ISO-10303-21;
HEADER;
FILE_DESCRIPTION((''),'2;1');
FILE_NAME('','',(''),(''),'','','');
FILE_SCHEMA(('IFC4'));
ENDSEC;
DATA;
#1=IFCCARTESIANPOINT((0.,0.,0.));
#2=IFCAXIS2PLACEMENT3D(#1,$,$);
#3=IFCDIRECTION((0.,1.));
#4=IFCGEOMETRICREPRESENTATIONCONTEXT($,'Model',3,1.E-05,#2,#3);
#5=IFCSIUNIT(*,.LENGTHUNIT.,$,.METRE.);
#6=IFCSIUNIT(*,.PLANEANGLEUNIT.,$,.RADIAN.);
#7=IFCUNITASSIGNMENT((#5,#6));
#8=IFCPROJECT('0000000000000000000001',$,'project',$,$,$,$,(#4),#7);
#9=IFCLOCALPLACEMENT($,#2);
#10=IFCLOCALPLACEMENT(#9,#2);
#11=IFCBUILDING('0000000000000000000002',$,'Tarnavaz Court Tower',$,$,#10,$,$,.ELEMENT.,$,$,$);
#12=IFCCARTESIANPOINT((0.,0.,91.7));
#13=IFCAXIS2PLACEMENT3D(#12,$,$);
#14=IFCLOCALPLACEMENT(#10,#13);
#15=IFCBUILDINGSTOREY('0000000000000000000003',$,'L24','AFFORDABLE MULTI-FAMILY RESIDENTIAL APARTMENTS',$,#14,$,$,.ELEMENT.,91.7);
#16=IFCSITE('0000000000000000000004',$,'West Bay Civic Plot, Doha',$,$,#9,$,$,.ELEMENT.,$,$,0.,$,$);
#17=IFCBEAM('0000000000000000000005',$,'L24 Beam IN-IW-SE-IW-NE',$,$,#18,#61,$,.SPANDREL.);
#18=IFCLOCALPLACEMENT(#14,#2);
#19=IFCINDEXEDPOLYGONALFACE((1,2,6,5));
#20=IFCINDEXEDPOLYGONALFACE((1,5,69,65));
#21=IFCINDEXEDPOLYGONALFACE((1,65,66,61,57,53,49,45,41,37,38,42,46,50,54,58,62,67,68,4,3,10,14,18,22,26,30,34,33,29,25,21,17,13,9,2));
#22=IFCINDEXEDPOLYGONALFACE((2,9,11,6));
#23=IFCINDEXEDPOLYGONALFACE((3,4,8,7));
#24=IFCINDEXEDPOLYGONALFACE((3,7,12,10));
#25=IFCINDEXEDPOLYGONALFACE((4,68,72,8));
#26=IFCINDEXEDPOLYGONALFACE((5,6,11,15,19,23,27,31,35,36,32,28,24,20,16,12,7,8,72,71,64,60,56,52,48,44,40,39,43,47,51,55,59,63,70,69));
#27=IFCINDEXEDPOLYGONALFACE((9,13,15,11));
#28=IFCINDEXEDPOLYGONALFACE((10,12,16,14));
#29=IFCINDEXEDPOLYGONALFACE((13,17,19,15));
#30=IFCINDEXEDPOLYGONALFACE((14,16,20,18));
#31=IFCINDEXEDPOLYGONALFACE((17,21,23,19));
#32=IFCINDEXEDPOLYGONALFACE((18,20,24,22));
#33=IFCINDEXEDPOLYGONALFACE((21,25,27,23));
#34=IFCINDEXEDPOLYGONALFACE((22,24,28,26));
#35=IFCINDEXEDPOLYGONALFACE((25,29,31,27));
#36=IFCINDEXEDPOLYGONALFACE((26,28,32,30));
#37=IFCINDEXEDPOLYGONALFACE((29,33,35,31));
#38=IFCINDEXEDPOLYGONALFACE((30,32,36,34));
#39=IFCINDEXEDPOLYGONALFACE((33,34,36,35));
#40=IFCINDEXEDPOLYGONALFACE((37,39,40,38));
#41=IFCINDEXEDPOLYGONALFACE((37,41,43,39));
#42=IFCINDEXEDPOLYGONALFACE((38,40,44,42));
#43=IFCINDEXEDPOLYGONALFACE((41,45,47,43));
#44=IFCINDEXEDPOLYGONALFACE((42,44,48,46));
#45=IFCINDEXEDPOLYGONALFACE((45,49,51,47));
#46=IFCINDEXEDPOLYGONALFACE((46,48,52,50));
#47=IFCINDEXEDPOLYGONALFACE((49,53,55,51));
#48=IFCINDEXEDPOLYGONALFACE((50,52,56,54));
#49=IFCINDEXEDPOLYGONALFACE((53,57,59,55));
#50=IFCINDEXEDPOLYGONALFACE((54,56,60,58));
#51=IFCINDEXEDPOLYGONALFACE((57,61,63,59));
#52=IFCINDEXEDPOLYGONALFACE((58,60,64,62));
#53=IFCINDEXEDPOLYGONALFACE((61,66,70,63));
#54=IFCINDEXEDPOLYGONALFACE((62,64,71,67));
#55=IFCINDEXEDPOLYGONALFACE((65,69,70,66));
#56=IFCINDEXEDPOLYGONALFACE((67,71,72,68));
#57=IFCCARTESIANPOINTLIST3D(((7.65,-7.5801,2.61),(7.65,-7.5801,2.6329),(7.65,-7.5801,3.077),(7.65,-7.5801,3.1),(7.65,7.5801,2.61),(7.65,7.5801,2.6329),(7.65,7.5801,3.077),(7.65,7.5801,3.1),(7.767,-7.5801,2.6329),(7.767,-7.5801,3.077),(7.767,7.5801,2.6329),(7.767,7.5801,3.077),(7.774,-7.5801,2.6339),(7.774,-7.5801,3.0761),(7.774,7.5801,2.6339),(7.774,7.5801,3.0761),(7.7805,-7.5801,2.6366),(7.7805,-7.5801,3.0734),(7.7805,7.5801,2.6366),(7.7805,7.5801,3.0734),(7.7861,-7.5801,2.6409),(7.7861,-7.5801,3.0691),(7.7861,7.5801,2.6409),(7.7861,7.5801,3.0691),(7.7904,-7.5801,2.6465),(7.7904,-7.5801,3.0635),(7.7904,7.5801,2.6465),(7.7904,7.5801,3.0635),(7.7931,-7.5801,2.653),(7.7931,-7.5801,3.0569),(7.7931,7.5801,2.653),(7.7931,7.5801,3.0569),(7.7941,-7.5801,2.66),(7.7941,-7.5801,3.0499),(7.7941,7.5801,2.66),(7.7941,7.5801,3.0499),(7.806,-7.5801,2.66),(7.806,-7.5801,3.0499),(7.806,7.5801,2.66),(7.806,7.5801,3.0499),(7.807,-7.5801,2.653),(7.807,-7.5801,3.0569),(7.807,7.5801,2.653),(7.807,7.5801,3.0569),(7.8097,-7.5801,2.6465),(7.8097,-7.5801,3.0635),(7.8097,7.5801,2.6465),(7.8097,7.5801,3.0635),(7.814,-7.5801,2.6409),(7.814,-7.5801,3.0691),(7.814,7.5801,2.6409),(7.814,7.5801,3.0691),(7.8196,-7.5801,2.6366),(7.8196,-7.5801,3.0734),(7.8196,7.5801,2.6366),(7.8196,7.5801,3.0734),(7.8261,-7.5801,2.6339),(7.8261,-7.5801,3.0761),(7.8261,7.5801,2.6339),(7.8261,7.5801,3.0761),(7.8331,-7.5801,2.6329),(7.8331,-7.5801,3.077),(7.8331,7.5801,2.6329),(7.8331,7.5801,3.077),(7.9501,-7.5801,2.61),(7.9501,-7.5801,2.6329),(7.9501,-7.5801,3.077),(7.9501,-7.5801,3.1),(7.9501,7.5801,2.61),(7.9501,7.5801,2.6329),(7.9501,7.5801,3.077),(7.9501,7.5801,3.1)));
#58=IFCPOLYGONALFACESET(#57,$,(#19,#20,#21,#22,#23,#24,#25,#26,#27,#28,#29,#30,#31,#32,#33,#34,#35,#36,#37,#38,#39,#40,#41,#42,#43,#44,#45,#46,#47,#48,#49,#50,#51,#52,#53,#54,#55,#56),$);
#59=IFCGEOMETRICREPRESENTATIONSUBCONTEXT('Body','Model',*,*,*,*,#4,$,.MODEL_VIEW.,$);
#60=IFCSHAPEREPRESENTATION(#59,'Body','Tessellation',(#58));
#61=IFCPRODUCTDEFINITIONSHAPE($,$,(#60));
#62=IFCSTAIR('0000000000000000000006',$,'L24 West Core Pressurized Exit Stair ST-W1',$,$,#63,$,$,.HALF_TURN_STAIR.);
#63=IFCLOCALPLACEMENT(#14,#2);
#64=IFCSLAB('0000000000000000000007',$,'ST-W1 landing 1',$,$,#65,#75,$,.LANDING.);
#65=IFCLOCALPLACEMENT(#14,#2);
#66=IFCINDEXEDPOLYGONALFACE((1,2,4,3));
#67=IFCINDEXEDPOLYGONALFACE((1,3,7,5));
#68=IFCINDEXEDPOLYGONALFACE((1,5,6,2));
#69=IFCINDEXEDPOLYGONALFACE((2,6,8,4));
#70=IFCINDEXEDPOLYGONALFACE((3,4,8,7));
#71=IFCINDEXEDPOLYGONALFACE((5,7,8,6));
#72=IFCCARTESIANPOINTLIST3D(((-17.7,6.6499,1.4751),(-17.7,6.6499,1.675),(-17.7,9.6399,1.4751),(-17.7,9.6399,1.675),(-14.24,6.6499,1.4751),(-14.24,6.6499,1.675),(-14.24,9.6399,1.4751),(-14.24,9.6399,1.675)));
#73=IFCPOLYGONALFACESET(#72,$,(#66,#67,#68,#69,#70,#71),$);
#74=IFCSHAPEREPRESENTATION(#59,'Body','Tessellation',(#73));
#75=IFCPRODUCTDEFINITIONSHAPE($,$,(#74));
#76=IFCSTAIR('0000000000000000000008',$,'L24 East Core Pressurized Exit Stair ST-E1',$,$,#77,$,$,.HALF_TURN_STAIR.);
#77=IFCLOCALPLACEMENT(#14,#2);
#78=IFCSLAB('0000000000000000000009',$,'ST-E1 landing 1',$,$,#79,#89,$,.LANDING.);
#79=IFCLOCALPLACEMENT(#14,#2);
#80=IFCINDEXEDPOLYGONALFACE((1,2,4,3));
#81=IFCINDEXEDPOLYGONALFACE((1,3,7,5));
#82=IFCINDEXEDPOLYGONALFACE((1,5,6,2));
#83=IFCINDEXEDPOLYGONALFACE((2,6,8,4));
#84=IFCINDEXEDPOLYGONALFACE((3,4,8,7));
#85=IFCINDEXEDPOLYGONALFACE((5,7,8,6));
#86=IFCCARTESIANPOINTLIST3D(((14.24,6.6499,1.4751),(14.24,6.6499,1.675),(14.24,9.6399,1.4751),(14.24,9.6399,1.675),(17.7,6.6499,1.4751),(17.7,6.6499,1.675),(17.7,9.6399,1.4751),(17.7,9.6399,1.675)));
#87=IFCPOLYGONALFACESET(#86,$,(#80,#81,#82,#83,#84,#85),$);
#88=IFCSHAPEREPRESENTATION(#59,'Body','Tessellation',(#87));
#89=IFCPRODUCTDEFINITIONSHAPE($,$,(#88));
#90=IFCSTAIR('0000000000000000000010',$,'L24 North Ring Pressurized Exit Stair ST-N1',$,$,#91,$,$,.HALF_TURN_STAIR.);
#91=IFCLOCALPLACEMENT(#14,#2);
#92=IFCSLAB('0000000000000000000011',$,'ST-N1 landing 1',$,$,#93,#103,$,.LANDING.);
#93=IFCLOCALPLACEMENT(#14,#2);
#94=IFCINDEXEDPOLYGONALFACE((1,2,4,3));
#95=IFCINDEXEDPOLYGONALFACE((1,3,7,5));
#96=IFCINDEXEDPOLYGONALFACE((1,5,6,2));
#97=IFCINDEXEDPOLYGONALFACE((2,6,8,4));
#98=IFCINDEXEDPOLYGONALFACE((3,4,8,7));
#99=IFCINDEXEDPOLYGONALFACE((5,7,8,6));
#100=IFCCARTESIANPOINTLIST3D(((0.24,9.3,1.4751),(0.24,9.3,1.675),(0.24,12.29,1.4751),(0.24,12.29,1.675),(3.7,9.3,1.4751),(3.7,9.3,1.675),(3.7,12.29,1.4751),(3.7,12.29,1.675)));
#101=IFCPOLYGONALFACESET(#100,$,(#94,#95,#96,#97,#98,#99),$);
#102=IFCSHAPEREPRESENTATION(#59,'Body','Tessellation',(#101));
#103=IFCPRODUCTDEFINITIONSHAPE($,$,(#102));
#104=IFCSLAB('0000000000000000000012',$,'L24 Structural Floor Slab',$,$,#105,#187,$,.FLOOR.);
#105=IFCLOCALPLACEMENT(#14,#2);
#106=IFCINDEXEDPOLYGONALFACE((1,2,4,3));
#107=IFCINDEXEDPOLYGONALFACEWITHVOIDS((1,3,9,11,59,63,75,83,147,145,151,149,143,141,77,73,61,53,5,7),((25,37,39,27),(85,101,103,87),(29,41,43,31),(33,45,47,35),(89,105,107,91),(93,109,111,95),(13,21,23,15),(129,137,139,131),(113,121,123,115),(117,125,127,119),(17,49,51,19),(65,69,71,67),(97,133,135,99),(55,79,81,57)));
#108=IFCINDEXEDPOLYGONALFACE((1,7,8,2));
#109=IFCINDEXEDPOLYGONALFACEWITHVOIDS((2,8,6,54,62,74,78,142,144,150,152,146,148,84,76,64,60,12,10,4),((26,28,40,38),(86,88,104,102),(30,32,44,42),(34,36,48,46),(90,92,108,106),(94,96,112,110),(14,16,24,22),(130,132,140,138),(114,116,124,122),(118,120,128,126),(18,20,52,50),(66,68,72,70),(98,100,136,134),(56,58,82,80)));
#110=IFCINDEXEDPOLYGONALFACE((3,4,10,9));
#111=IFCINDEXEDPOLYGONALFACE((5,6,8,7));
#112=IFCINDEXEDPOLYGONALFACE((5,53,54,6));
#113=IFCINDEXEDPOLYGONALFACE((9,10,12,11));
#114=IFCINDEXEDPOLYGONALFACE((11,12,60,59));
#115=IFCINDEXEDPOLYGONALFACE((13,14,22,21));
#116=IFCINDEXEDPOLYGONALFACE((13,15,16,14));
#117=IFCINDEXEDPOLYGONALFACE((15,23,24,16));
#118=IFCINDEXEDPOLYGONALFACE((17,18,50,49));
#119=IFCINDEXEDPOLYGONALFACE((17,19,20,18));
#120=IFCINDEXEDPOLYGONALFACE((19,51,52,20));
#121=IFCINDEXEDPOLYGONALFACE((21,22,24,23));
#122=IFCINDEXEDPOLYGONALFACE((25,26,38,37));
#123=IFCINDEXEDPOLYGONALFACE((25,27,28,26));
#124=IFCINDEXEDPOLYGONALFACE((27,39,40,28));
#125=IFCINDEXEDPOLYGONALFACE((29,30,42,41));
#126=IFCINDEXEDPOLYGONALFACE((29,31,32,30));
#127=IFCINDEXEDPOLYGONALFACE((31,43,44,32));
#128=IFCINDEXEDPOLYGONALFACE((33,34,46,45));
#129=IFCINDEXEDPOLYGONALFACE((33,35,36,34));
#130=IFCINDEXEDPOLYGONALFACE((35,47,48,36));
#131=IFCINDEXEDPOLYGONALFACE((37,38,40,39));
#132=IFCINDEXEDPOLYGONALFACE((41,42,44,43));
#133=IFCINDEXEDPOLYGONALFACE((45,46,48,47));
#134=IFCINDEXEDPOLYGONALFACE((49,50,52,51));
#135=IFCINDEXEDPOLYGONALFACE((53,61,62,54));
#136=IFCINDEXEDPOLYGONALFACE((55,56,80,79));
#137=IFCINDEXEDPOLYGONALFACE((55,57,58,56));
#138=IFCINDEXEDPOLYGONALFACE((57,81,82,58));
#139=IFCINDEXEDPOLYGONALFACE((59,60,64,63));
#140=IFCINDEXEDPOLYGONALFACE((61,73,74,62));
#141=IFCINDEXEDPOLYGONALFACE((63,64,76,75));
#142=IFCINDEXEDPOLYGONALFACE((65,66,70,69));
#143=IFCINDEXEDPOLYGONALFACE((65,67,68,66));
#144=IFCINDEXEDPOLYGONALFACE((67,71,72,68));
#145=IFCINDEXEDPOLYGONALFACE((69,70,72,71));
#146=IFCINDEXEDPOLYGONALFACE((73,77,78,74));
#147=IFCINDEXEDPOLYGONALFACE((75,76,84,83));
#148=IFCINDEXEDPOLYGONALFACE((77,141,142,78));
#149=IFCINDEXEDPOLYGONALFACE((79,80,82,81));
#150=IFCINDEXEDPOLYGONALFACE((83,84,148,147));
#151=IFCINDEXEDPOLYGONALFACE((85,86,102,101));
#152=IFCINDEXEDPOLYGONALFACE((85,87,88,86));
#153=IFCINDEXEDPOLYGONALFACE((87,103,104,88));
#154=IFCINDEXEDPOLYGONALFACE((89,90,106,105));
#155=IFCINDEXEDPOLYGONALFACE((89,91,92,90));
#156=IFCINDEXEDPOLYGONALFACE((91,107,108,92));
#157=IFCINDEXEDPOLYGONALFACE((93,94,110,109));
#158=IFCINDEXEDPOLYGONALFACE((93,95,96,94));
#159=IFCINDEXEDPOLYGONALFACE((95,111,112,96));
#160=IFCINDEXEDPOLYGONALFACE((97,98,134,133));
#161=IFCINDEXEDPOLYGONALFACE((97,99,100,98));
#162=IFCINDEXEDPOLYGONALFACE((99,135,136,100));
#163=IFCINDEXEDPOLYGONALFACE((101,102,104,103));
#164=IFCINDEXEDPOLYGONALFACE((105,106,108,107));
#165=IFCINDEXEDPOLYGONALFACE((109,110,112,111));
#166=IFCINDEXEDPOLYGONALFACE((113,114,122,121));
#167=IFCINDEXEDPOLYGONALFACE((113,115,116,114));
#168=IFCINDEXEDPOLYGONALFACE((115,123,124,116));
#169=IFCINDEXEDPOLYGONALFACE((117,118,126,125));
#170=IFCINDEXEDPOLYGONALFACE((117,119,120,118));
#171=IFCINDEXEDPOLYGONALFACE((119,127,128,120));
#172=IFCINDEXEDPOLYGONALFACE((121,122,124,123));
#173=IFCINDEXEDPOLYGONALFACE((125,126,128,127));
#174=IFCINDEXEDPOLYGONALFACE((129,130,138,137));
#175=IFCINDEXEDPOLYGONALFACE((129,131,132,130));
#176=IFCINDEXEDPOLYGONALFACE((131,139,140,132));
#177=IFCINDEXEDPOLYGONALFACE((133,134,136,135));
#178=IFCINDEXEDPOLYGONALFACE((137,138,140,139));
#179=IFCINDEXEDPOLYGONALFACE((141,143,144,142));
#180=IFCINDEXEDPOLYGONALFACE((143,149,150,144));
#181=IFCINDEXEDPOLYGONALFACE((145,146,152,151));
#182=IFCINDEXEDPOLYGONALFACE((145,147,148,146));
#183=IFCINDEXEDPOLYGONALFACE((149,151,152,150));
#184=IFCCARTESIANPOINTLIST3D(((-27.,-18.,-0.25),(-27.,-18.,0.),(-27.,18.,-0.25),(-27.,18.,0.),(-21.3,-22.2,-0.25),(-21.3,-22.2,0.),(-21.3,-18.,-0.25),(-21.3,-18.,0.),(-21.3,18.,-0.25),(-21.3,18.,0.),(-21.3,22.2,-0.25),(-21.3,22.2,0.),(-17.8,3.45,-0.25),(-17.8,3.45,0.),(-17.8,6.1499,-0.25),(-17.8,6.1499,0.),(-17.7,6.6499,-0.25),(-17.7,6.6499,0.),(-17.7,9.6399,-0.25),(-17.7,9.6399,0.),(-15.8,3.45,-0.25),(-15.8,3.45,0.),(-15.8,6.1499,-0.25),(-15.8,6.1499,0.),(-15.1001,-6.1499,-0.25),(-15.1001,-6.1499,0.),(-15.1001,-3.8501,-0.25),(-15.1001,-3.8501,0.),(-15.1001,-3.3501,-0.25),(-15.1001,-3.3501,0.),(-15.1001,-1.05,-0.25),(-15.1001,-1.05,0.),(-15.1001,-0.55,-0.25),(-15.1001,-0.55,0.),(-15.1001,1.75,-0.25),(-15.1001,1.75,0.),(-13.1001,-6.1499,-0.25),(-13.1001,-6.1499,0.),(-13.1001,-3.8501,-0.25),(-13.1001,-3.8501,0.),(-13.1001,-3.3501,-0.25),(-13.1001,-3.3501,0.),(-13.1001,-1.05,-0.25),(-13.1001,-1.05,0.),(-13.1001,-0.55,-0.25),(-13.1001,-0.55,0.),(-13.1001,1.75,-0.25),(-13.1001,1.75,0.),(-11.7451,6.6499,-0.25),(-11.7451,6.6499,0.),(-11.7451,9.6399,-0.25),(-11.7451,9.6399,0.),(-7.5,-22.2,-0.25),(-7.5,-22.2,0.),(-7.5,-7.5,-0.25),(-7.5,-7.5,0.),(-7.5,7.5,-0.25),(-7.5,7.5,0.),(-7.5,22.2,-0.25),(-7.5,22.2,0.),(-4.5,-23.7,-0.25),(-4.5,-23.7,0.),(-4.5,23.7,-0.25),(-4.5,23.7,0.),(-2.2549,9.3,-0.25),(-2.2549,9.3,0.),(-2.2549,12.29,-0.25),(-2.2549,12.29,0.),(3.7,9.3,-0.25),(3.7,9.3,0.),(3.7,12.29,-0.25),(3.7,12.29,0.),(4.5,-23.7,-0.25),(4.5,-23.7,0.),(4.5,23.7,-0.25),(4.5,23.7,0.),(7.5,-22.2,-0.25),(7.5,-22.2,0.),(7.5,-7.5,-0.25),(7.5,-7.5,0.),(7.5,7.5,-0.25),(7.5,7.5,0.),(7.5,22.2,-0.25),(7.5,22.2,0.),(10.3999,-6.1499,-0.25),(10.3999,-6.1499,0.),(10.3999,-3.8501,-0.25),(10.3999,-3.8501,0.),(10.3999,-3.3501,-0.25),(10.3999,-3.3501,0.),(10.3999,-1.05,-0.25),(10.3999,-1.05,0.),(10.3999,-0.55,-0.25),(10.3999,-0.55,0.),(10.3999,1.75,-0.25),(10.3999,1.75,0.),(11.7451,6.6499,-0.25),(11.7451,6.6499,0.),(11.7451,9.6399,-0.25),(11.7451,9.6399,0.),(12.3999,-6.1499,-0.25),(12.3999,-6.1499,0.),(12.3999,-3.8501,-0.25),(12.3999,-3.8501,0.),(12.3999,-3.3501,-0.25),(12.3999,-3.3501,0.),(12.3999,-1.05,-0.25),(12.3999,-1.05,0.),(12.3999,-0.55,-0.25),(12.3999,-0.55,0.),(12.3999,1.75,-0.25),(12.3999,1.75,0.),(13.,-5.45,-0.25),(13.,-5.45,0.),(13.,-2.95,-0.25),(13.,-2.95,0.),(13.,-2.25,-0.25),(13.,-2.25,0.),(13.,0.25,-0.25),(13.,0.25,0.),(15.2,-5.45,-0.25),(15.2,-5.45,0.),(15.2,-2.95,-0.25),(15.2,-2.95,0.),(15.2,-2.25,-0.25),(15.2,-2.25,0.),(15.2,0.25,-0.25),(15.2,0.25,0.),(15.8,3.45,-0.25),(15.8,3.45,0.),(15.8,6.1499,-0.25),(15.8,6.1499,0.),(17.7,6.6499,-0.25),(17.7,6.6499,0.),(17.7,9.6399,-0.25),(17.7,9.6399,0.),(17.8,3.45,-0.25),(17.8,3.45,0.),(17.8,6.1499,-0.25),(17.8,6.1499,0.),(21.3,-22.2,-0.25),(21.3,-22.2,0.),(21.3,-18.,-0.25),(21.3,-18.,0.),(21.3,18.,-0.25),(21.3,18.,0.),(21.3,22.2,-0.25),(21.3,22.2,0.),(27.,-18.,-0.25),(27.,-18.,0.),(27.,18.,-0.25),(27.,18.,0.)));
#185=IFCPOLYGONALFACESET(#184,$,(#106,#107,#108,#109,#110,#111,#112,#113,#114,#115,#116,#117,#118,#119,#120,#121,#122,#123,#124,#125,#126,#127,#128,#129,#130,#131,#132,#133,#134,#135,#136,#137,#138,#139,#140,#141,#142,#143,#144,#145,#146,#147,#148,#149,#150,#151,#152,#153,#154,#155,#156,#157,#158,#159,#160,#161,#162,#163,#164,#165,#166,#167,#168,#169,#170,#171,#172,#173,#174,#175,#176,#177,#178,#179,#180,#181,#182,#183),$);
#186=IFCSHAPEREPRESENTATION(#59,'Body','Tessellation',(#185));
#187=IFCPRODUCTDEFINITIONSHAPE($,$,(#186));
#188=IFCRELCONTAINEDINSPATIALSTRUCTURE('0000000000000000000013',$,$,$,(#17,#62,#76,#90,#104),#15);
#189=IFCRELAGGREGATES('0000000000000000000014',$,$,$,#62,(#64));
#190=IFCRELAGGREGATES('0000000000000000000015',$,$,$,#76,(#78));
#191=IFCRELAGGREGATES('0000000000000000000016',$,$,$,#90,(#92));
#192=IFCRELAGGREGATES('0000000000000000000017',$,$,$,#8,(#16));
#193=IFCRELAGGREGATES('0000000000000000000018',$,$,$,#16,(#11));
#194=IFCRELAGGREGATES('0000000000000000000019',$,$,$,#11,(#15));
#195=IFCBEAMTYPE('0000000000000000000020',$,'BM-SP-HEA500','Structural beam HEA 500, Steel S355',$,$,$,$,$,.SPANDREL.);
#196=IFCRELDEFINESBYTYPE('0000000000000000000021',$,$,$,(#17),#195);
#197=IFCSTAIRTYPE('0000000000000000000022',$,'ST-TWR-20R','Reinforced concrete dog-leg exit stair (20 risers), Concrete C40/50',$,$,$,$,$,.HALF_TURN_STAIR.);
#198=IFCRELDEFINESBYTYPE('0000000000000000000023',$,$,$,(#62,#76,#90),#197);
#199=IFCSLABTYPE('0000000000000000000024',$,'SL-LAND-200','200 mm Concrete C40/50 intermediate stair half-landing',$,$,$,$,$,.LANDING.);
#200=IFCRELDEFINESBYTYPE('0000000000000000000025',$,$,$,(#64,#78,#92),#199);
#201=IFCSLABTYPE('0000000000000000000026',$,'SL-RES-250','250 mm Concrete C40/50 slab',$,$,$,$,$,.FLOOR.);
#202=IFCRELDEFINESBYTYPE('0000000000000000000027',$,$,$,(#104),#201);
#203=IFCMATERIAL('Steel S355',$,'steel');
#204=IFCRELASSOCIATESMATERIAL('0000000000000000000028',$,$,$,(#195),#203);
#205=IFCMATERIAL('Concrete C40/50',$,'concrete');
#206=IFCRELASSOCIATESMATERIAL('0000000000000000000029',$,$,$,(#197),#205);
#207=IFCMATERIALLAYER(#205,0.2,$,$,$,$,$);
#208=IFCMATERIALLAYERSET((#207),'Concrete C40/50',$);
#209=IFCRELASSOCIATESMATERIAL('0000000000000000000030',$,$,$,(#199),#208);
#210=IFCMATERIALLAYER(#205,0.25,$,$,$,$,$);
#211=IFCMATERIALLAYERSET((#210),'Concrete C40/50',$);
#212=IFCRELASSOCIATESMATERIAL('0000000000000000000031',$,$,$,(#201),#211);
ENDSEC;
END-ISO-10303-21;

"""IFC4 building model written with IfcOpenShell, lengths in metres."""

from ifc_helpers import new_model, si_unit, direction, frame, origin, origin_2d, place, context, subcontext, project, spatial, polyline, i_section, outline, extrude, material, layer, layer_set, material_profile, profile_set, type_object, element, aggregate, save


model = new_model("IFC4")

# Units and contexts
model_context = context("Model", 3, precision=1e-05, world=origin(), true_north=direction((0.0, 1.0)))
body_context = subcontext(model_context, "Body", "Model", "MODEL_VIEW")
ifc_project = project(units=[si_unit("LENGTHUNIT", "METRE"), si_unit("PLANEANGLEUNIT", "RADIAN")], contexts=[model_context])

# Site, building, storey
site_placement = place(None, origin())
site = spatial("IfcSite", under=ifc_project, at=site_placement, Name="West Bay Civic Plot, Doha", CompositionType="ELEMENT", RefElevation=0.0)
building_placement = place(site_placement, origin())
building = spatial("IfcBuilding", under=site, at=building_placement, Name="Tarnavaz Court Tower", CompositionType="ELEMENT")
storey_placement = place(building_placement, frame((0.0, 0.0, 91.7)))
storey = spatial("IfcBuildingStorey", under=building, at=storey_placement, Name="L24", Description="AFFORDABLE MULTI-FAMILY RESIDENTIAL APARTMENTS", CompositionType="ELEMENT", Elevation=91.7)

# Beam
ifc_material_1 = material(Name="Steel S355", Category="steel")
ifc_material_profile_1 = material_profile(ifc_material_1, i_section(OverallWidth=0.3, OverallDepth=0.49, WebThickness=0.012, FlangeThickness=0.0229, FilletRadius=0.0271, at=origin_2d()), Name="HEA 500")
ifc_profile_set_1 = profile_set([ifc_material_profile_1], Name="Steel S355")
beam_type_1 = type_object("IfcBeamType", Name="BM-SP-HEA500", Description="Structural beam HEA 500, Steel S355", PredefinedType="SPANDREL", material=ifc_profile_set_1)
beam_1_placement = place(storey_placement, frame((7.8, -7.5801, 2.855), z_axis=(0.0, 1.0, 0.0), x_axis=(-1.0, 0.0, 0.0)))
element("IfcBeam", 1, at=beam_1_placement, inside=storey, type_object=beam_type_1, Name="L24 Beam IN-IW-SE-IW-NE", PredefinedType="SPANDREL", context=body_context, shape_type="SweptSolid", body=[
    extrude(i_section(OverallWidth=0.3, OverallDepth=0.49, WebThickness=0.012, FlangeThickness=0.0229, FilletRadius=0.0271, at=origin_2d()), origin(), (0.0, 0.0, 1.0), 15.1602),
])

# Stairs, slabs
ifc_material_2 = material(Name="Concrete C40/50", Category="concrete")
stair_type = type_object("IfcStairType", Name="ST-TWR-20R", Description="Reinforced concrete dog-leg exit stair (20 risers), Concrete C40/50", PredefinedType="HALF_TURN_STAIR", material=ifc_material_2)
stair_1_placement = place(storey_placement, origin())
stair_1 = element("IfcStair", 2, at=stair_1_placement, inside=storey, type_object=stair_type, Name="L24 West Core Pressurized Exit Stair ST-W1", PredefinedType="HALF_TURN_STAIR")
ifc_layer_1 = layer(ifc_material_2, 0.2)
ifc_layer_set_1 = layer_set([ifc_layer_1], Name="Concrete C40/50")
slab_type_1 = type_object("IfcSlabType", Name="SL-LAND-200", Description="200 mm Concrete C40/50 intermediate stair half-landing", PredefinedType="LANDING", material=ifc_layer_set_1)
slab_1_placement = place(storey_placement, frame((0.0, 0.0, 1.4751)))
slab_1 = element("IfcSlab", 3, at=slab_1_placement, type_object=slab_type_1, Name="ST-W1 landing 1", PredefinedType="LANDING", context=body_context, shape_type="SweptSolid", body=[
    extrude(outline(polyline([(-14.24, 9.6399), (-17.7, 9.6399), (-17.7, 6.6499), (-14.24, 6.6499), (-14.24, 9.6399)])), origin(), (0.0, 0.0, 1.0), 0.2),
])
aggregate(stair_1, [slab_1])
stair_2_placement = place(storey_placement, origin())
stair_2 = element("IfcStair", 4, at=stair_2_placement, inside=storey, type_object=stair_type, Name="L24 East Core Pressurized Exit Stair ST-E1", PredefinedType="HALF_TURN_STAIR")
slab_2_placement = place(storey_placement, frame((0.0, 0.0, 1.4751)))
slab_2 = element("IfcSlab", 5, at=slab_2_placement, type_object=slab_type_1, Name="ST-E1 landing 1", PredefinedType="LANDING", context=body_context, shape_type="SweptSolid", body=[
    extrude(outline(polyline([(14.24, 6.6499), (17.7, 6.6499), (17.7, 9.6399), (14.24, 9.6399), (14.24, 6.6499)])), origin(), (0.0, 0.0, 1.0), 0.2),
])
aggregate(stair_2, [slab_2])
stair_3_placement = place(storey_placement, origin())
stair_3 = element("IfcStair", 6, at=stair_3_placement, inside=storey, type_object=stair_type, Name="L24 North Ring Pressurized Exit Stair ST-N1", PredefinedType="HALF_TURN_STAIR")
slab_3_placement = place(storey_placement, frame((0.0, 0.0, 1.4751)))
slab_3 = element("IfcSlab", 7, at=slab_3_placement, type_object=slab_type_1, Name="ST-N1 landing 1", PredefinedType="LANDING", context=body_context, shape_type="SweptSolid", body=[
    extrude(outline(polyline([(0.24, 9.3), (3.7, 9.3), (3.7, 12.29), (0.24, 12.29), (0.24, 9.3)])), origin(), (0.0, 0.0, 1.0), 0.2),
])
aggregate(stair_3, [slab_3])

# Slab
ifc_layer_2 = layer(ifc_material_2, 0.25)
ifc_layer_set_2 = layer_set([ifc_layer_2], Name="Concrete C40/50")
slab_type_2 = type_object("IfcSlabType", Name="SL-RES-250", Description="250 mm Concrete C40/50 slab", PredefinedType="FLOOR", material=ifc_layer_set_2)
slab_4_placement = place(storey_placement, frame((0.0, 0.0, -0.25)))
element("IfcSlab", 8, at=slab_4_placement, inside=storey, type_object=slab_type_2, Name="L24 Structural Floor Slab", PredefinedType="FLOOR", context=body_context, shape_type="SweptSolid", body=[
    extrude(outline(polyline([(-21.3, -22.2), (-7.5, -22.2), (-4.5, -23.7), (4.5, -23.7), (7.5, -22.2), (21.3, -22.2), (21.3, -18.0), (27.0, -18.0), (27.0, 18.0), (21.3, 18.0), (21.3, 22.2), (7.5, 22.2), (4.5, 23.7), (-4.5, 23.7), (-7.5, 22.2), (-21.3, 22.2), (-21.3, 18.0), (-27.0, 18.0), (-27.0, -18.0), (-21.3, -18.0), (-21.3, -22.2)]), holes=[polyline([(-7.5, -7.5), (7.5, -7.5), (7.5, 7.5), (-7.5, 7.5), (-7.5, -7.5)]), polyline([(-11.7451, 9.6399), (-17.7, 9.6399), (-17.7, 6.6499), (-11.7451, 6.6499), (-11.7451, 9.6399)]), polyline([(11.7451, 6.6499), (17.7, 6.6499), (17.7, 9.6399), (11.7451, 9.6399), (11.7451, 6.6499)]), polyline([(-2.2549, 9.3), (3.7, 9.3), (3.7, 12.29), (-2.2549, 12.29), (-2.2549, 9.3)]), polyline([(-17.8, 3.45), (-15.8, 3.45), (-15.8, 6.1499), (-17.8, 6.1499), (-17.8, 3.45)]), polyline([(-15.1001, -6.1499), (-13.1001, -6.1499), (-13.1001, -3.8501), (-15.1001, -3.8501), (-15.1001, -6.1499)]), polyline([(-15.1001, -3.3501), (-13.1001, -3.3501), (-13.1001, -1.05), (-15.1001, -1.05), (-15.1001, -3.3501)]), polyline([(-15.1001, -0.55), (-13.1001, -0.55), (-13.1001, 1.75), (-15.1001, 1.75), (-15.1001, -0.55)]), polyline([(15.8, 3.45), (17.8, 3.45), (17.8, 6.1499), (15.8, 6.1499), (15.8, 3.45)]), polyline([(10.3999, -6.1499), (12.3999, -6.1499), (12.3999, -3.8501), (10.3999, -3.8501), (10.3999, -6.1499)]), polyline([(10.3999, -3.3501), (12.3999, -3.3501), (12.3999, -1.05), (10.3999, -1.05), (10.3999, -3.3501)]), polyline([(10.3999, -0.55), (12.3999, -0.55), (12.3999, 1.75), (10.3999, 1.75), (10.3999, -0.55)]), polyline([(13.0, -5.45), (15.2, -5.45), (15.2, -2.95), (13.0, -2.95), (13.0, -5.45)]), polyline([(13.0, -2.25), (15.2, -2.25), (15.2, 0.25), (13.0, 0.25), (13.0, -2.25)])]), origin(), (0.0, 0.0, 1.0), 0.25),
])

save(model, "model.ifc")
